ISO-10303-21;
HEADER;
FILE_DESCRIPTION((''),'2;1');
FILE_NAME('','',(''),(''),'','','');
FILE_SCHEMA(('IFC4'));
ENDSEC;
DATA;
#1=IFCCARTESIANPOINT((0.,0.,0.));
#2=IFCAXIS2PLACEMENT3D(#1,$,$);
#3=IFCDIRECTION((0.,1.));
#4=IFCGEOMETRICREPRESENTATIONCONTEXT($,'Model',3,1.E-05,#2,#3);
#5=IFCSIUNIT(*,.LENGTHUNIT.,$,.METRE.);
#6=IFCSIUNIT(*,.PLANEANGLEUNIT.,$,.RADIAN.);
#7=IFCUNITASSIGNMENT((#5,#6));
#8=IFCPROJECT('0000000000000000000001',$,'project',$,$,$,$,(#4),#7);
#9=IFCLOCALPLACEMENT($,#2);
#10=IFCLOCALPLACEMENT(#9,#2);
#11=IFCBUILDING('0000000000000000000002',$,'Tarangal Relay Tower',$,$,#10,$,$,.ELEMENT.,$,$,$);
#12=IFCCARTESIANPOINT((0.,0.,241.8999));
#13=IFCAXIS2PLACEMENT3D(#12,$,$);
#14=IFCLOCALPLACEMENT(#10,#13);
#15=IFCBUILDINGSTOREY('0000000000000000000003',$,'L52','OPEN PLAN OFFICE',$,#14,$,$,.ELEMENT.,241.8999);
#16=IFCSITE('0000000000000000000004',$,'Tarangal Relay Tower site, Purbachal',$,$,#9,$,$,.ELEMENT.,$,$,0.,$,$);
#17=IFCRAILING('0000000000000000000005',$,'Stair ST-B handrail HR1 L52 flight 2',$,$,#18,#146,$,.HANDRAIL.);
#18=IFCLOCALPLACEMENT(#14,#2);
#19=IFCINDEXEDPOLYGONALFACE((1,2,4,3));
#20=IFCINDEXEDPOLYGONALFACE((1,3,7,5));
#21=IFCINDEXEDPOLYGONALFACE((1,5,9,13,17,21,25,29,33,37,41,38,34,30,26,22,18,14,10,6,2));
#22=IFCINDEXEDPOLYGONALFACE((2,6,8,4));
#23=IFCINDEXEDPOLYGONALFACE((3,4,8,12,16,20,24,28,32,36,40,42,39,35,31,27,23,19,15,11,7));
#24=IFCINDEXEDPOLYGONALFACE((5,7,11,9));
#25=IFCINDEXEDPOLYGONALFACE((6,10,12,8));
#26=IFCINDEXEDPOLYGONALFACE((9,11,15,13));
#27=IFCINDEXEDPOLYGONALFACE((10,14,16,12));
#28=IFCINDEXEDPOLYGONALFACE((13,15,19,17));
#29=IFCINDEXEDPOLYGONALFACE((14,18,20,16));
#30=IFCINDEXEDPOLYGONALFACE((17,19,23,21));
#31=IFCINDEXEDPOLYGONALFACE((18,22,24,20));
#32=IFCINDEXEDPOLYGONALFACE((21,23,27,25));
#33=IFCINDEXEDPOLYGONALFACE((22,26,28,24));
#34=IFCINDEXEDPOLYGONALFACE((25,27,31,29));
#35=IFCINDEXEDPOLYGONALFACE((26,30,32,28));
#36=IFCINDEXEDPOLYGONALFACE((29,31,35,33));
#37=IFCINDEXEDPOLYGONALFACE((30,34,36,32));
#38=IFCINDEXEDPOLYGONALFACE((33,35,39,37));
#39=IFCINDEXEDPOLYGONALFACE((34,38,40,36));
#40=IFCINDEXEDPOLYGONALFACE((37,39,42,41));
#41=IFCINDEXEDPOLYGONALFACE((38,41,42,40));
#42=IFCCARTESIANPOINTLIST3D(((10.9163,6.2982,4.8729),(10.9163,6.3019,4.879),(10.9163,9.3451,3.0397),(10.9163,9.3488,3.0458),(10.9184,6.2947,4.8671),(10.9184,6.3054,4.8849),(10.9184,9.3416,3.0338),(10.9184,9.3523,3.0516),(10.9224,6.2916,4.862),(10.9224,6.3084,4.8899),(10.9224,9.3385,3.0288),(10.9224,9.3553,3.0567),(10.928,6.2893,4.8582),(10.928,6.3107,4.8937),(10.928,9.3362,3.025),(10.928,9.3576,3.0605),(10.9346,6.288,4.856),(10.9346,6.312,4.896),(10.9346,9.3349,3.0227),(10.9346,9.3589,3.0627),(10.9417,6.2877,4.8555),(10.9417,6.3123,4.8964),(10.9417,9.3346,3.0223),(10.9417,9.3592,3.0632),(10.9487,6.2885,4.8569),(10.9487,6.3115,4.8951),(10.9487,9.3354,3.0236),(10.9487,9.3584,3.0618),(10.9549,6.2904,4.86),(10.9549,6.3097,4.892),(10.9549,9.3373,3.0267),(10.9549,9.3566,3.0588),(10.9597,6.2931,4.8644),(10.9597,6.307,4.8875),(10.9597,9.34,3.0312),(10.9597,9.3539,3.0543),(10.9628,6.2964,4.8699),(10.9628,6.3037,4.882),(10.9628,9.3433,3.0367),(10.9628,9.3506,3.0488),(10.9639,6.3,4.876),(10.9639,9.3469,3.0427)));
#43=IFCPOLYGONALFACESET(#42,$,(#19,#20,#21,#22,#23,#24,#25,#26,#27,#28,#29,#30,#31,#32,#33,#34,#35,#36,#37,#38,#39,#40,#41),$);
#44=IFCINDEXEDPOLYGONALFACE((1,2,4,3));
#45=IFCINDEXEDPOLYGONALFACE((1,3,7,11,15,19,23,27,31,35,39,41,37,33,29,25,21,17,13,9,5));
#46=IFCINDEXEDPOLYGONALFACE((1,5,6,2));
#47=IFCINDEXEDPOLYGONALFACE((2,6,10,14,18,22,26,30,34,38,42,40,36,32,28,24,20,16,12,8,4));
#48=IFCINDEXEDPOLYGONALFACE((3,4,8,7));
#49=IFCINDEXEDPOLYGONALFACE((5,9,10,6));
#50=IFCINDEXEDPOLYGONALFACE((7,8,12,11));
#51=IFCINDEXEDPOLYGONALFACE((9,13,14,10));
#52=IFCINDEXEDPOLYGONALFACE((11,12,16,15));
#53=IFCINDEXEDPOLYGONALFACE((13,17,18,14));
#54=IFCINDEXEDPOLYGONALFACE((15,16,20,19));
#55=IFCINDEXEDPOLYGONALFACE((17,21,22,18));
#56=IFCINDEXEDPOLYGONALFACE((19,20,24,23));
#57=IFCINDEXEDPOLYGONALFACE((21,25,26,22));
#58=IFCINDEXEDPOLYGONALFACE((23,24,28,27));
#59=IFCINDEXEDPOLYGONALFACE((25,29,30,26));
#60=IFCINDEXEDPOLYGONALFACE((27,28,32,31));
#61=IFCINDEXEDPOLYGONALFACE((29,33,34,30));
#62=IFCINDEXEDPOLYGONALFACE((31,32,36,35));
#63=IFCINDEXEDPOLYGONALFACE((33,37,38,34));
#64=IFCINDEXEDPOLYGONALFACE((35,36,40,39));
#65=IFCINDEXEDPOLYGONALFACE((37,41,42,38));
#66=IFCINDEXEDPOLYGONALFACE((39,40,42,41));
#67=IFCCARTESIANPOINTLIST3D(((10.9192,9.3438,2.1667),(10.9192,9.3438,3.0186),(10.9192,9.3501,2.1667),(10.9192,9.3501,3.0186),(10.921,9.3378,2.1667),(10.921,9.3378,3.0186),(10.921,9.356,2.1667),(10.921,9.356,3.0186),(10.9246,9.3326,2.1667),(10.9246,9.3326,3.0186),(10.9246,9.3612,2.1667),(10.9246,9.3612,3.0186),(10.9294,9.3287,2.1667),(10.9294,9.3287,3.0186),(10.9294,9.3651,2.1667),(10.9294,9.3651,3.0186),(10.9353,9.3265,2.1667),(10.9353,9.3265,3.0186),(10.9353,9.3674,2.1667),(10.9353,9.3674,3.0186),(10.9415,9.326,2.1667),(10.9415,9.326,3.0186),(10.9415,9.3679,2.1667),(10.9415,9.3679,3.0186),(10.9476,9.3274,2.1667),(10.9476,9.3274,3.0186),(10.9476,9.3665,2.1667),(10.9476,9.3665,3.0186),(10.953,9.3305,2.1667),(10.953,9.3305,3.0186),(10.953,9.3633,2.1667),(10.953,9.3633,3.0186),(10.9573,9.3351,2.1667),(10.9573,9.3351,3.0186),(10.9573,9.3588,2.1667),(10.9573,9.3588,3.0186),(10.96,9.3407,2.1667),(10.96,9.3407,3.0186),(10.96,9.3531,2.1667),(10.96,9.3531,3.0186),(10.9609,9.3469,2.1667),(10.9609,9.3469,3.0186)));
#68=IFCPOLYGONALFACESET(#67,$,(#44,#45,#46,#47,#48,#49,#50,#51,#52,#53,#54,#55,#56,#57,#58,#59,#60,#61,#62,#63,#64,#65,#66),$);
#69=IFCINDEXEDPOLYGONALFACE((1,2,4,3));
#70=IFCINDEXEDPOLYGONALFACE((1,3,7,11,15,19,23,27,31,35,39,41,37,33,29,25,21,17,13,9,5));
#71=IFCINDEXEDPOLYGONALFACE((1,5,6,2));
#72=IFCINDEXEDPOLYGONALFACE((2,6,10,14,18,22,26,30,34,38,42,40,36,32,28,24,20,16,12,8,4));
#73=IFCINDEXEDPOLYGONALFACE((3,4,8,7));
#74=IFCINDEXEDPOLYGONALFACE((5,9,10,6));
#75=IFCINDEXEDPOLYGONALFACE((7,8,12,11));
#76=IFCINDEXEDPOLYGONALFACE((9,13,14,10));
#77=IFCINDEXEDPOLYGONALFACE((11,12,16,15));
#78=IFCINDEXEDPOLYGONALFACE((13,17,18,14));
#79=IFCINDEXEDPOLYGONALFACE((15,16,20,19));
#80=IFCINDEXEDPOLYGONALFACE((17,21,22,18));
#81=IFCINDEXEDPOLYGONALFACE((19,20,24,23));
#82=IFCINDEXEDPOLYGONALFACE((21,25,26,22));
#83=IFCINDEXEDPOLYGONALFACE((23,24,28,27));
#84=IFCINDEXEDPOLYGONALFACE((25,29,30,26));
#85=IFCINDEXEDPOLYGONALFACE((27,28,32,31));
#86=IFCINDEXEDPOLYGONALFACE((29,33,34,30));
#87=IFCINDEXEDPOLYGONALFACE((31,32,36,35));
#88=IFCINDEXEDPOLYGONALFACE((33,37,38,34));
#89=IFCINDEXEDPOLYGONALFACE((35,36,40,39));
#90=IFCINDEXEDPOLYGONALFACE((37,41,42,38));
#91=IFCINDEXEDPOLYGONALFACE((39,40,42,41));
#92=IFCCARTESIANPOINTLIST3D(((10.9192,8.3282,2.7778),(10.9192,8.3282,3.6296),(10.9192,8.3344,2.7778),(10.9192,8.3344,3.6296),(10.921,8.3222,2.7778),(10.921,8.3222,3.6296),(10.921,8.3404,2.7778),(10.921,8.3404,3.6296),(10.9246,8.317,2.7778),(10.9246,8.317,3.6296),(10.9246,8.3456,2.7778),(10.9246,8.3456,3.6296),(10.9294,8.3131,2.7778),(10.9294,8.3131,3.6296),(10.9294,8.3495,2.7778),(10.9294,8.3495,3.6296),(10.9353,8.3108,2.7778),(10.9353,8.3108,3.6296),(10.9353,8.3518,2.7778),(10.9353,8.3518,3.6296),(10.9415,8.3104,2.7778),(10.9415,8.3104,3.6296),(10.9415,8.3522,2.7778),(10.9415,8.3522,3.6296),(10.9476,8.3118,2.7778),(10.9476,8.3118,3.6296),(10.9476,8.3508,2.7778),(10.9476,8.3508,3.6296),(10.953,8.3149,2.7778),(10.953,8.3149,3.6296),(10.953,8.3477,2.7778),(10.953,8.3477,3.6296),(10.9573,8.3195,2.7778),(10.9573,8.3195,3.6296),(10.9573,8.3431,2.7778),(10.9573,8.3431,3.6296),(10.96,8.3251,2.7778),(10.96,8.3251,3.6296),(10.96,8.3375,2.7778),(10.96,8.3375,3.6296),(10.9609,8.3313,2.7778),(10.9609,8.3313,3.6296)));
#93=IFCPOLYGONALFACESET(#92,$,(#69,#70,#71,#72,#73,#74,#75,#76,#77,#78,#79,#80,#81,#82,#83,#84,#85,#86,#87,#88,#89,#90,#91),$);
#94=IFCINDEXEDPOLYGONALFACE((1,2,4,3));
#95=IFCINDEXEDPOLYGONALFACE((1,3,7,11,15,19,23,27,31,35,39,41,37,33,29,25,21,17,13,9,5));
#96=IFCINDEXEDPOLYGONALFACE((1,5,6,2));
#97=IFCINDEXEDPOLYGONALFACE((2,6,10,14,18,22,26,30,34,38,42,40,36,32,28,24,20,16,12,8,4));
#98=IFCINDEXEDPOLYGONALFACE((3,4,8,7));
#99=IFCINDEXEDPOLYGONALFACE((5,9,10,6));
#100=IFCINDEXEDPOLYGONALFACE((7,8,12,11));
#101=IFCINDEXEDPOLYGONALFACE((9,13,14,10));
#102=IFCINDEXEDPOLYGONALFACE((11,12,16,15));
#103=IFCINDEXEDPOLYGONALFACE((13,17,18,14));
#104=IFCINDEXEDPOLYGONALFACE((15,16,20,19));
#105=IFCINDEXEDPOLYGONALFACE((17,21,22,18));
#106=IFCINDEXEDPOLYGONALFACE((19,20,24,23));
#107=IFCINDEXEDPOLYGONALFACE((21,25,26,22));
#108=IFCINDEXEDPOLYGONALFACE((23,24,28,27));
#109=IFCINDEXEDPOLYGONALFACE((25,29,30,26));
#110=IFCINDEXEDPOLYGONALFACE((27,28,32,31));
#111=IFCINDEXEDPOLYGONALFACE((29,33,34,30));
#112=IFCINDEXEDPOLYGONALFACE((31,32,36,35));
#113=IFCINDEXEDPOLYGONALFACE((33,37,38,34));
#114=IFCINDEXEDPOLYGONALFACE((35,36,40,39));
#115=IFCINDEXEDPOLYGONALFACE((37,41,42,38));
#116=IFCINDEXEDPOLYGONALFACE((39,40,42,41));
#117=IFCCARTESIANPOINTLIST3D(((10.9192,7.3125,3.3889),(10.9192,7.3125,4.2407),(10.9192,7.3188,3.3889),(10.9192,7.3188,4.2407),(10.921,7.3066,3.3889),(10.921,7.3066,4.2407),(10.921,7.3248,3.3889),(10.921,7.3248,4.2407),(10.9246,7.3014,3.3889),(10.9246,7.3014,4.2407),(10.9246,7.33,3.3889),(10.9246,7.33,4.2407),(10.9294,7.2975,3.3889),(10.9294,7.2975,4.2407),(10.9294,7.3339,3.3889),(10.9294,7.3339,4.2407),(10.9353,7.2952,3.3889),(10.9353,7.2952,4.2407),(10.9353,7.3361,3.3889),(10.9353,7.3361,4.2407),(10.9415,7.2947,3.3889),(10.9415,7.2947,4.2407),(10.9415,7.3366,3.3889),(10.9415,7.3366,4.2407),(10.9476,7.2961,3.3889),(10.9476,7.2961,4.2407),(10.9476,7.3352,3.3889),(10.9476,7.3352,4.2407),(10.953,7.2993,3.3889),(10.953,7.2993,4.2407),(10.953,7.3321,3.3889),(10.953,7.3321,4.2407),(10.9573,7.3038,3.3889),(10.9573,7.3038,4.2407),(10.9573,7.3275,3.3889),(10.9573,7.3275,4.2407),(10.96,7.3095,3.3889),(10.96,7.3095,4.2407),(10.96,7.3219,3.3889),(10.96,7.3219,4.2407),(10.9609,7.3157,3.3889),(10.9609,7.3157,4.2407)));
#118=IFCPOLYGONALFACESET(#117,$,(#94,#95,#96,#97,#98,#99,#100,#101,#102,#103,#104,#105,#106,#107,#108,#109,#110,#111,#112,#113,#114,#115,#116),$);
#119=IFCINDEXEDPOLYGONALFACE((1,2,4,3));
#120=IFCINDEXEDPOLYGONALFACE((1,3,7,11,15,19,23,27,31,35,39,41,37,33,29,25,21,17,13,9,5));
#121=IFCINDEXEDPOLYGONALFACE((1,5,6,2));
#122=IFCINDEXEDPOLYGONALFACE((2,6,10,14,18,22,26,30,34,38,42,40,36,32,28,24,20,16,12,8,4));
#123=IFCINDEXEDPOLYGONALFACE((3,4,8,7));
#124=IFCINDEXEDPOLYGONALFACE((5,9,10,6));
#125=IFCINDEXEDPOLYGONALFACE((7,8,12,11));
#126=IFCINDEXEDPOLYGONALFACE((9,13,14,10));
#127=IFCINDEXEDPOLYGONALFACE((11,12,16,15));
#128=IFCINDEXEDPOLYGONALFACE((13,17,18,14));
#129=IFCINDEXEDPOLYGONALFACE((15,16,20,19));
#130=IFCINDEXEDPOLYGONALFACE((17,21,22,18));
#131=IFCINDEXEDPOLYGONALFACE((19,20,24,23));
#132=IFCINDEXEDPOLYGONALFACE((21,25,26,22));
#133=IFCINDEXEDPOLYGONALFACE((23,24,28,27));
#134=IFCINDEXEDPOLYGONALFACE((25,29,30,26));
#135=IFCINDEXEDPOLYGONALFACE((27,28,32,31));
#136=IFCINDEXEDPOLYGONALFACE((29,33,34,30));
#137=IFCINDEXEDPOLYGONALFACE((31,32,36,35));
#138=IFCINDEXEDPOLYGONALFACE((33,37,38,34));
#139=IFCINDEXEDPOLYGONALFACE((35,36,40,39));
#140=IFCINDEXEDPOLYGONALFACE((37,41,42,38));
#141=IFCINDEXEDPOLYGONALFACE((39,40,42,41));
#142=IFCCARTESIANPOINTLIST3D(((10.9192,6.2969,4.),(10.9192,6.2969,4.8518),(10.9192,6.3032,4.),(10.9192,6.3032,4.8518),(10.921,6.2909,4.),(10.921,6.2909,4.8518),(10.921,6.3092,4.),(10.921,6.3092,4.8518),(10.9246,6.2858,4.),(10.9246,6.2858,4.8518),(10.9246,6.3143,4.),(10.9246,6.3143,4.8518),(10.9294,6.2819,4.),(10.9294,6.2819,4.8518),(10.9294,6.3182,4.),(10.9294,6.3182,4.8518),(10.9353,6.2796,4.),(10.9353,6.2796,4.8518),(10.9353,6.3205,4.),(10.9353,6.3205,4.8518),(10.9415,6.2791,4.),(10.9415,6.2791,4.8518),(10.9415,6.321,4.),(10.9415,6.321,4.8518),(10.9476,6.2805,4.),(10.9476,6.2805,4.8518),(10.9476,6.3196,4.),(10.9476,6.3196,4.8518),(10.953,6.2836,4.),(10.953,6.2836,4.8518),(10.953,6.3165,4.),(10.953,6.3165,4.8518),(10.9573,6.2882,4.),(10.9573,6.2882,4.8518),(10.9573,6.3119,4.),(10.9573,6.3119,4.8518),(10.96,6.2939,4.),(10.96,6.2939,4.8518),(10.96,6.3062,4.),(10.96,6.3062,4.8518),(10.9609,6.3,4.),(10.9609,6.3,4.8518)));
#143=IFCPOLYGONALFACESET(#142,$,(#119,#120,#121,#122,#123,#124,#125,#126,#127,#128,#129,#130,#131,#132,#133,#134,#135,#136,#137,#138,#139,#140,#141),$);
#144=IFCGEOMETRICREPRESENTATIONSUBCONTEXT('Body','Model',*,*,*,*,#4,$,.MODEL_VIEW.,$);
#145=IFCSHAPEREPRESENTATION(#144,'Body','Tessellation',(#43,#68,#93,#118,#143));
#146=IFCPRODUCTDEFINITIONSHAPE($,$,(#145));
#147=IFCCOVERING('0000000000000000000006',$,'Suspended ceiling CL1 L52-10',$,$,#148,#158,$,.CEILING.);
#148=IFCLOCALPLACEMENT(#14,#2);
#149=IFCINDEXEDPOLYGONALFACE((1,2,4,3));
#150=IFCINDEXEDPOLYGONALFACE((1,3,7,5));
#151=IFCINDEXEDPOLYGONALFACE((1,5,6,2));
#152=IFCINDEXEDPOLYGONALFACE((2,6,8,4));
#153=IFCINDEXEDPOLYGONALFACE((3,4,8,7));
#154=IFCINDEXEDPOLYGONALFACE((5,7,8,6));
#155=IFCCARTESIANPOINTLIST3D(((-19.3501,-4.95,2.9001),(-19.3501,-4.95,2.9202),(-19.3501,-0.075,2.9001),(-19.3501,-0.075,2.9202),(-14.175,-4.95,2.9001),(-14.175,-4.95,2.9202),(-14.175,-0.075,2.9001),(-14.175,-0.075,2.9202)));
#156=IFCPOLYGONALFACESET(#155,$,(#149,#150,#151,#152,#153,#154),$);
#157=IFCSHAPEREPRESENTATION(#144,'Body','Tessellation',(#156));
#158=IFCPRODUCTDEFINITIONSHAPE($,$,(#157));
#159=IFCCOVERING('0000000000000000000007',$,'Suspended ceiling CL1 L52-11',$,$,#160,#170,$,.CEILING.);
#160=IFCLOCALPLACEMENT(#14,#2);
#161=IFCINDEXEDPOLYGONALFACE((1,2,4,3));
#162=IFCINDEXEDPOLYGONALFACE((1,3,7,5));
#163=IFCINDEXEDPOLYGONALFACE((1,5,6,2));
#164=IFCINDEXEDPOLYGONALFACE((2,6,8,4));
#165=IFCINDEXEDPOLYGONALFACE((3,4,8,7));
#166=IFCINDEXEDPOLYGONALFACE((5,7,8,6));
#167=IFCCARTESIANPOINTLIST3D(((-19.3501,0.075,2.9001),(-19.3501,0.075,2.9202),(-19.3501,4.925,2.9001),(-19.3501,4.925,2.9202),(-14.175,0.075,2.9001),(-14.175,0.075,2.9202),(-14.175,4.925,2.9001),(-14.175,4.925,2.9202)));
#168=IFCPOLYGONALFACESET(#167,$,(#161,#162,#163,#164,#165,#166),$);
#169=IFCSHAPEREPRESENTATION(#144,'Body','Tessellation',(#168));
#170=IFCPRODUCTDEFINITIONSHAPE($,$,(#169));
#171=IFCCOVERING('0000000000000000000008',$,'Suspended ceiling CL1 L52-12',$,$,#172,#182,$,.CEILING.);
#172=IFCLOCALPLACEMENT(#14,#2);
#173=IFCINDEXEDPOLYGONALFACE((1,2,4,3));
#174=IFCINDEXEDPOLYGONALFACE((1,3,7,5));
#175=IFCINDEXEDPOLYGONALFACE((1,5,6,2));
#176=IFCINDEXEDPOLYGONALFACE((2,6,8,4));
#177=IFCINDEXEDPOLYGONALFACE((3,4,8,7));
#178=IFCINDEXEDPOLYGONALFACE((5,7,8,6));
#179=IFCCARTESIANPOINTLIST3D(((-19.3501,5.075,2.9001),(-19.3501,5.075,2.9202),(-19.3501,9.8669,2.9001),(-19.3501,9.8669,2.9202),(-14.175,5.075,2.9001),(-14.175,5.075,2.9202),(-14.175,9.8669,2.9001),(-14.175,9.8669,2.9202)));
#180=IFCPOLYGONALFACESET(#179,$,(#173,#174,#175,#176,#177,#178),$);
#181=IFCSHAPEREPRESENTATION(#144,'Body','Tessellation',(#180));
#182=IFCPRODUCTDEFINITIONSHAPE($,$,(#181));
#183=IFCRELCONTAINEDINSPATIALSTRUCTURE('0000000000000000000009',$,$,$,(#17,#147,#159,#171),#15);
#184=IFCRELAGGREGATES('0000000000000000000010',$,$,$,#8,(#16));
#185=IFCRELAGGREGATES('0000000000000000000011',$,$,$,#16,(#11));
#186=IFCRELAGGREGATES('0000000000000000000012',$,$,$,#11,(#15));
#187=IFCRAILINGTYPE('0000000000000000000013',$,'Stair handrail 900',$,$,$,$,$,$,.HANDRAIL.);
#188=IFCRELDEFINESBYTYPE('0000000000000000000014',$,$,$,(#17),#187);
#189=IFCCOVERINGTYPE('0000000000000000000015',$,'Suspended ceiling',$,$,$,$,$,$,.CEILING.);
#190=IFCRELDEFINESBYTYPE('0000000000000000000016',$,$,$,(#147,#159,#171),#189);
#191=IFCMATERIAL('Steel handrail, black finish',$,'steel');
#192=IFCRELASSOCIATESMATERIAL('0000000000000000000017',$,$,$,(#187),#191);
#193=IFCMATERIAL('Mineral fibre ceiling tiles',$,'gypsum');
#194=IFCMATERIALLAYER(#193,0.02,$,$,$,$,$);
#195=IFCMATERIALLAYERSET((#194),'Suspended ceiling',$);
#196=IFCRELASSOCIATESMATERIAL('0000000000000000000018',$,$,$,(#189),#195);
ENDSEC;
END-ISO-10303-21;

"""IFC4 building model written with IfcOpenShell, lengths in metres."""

from ifc_helpers import new_model, si_unit, direction, frame, origin, origin_2d, place, context, subcontext, project, spatial, polyline, circle, outline, extrude, material, layer, layer_set, type_object, element, save


model = new_model("IFC4")

# Units and contexts
model_context = context("Model", 3, precision=1e-05, world=origin(), true_north=direction((0.0, 1.0)))
body_context = subcontext(model_context, "Body", "Model", "MODEL_VIEW")
ifc_project = project(units=[si_unit("LENGTHUNIT", "METRE"), si_unit("PLANEANGLEUNIT", "RADIAN")], contexts=[model_context])

# Site, building, storey
site_placement = place(None, origin())
site = spatial("IfcSite", under=ifc_project, at=site_placement, Name="Tarangal Relay Tower site, Purbachal", CompositionType="ELEMENT", RefElevation=0.0)
building_placement = place(site_placement, origin())
building = spatial("IfcBuilding", under=site, at=building_placement, Name="Tarangal Relay Tower", CompositionType="ELEMENT")
storey_placement = place(building_placement, frame((0.0, 0.0, 241.8999)))
storey = spatial("IfcBuildingStorey", under=building, at=storey_placement, Name="L52", Description="OPEN PLAN OFFICE", CompositionType="ELEMENT", Elevation=241.8999)

# Railing
ifc_material_1 = material(Name="Steel handrail, black finish", Category="steel")
railing_type_1 = type_object("IfcRailingType", Name="Stair handrail 900", PredefinedType="HANDRAIL", material=ifc_material_1)
railing_1_placement = place(storey_placement, frame((10.9399, 9.3469, 2.1667)))
element("IfcRailing", 1, at=railing_1_placement, inside=storey, type_object=railing_type_1, Name="Stair ST-B handrail HR1 L52 flight 2", PredefinedType="HANDRAIL", context=body_context, shape_type="SweptSolid", body=[
    extrude(circle(Radius=0.0239, at=origin_2d()), frame((0.0, 0.0, 0.876), z_axis=(0.0, -0.856856, 0.515556), x_axis=(1.0, 0.0, 0.0)), (0.0, 0.0, 1.0), 3.5559),
    extrude(circle(Radius=0.021, at=origin_2d()), origin(), (0.0, 0.0, 1.0), 0.8518),
    extrude(circle(Radius=0.021, at=origin_2d()), frame((0.0, -1.0156, 0.6111)), (0.0, 0.0, 1.0), 0.8518),
    extrude(circle(Radius=0.021, at=origin_2d()), frame((0.0, -2.0312, 1.2222)), (0.0, 0.0, 1.0), 0.8518),
    extrude(circle(Radius=0.021, at=origin_2d()), frame((0.0, -3.0469, 1.8333)), (0.0, 0.0, 1.0), 0.8518),
])

# Coverings
ifc_material_2 = material(Name="Mineral fibre ceiling tiles", Category="gypsum")
ifc_layer_1 = layer(ifc_material_2, 0.02)
ifc_layer_set_1 = layer_set([ifc_layer_1], Name="Suspended ceiling")
covering_type = type_object("IfcCoveringType", Name="Suspended ceiling", PredefinedType="CEILING", material=ifc_layer_set_1)
covering_1_placement = place(storey_placement, frame((0.0, 0.0, 2.9001)))
element("IfcCovering", 2, at=covering_1_placement, inside=storey, type_object=covering_type, Name="Suspended ceiling CL1 L52-10", PredefinedType="CEILING", context=body_context, shape_type="SweptSolid", body=[
    extrude(outline(polyline([(-14.175, -0.075), (-19.3501, -0.075), (-19.3501, -4.95), (-14.175, -4.95), (-14.175, -0.075)])), origin(), (0.0, 0.0, 1.0), 0.02),
])
covering_2_placement = place(storey_placement, frame((0.0, 0.0, 2.9001)))
element("IfcCovering", 3, at=covering_2_placement, inside=storey, type_object=covering_type, Name="Suspended ceiling CL1 L52-11", PredefinedType="CEILING", context=body_context, shape_type="SweptSolid", body=[
    extrude(outline(polyline([(-14.175, 4.925), (-19.3501, 4.925), (-19.3501, 0.075), (-14.175, 0.075), (-14.175, 4.925)])), origin(), (0.0, 0.0, 1.0), 0.02),
])
covering_3_placement = place(storey_placement, frame((0.0, 0.0, 2.9001)))
element("IfcCovering", 4, at=covering_3_placement, inside=storey, type_object=covering_type, Name="Suspended ceiling CL1 L52-12", PredefinedType="CEILING", context=body_context, shape_type="SweptSolid", body=[
    extrude(outline(polyline([(-19.3501, 9.8669), (-19.3501, 5.075), (-14.175, 5.075), (-14.175, 9.8669), (-19.3501, 9.8669)])), origin(), (0.0, 0.0, 1.0), 0.02),
])

save(model, "model.ifc")
